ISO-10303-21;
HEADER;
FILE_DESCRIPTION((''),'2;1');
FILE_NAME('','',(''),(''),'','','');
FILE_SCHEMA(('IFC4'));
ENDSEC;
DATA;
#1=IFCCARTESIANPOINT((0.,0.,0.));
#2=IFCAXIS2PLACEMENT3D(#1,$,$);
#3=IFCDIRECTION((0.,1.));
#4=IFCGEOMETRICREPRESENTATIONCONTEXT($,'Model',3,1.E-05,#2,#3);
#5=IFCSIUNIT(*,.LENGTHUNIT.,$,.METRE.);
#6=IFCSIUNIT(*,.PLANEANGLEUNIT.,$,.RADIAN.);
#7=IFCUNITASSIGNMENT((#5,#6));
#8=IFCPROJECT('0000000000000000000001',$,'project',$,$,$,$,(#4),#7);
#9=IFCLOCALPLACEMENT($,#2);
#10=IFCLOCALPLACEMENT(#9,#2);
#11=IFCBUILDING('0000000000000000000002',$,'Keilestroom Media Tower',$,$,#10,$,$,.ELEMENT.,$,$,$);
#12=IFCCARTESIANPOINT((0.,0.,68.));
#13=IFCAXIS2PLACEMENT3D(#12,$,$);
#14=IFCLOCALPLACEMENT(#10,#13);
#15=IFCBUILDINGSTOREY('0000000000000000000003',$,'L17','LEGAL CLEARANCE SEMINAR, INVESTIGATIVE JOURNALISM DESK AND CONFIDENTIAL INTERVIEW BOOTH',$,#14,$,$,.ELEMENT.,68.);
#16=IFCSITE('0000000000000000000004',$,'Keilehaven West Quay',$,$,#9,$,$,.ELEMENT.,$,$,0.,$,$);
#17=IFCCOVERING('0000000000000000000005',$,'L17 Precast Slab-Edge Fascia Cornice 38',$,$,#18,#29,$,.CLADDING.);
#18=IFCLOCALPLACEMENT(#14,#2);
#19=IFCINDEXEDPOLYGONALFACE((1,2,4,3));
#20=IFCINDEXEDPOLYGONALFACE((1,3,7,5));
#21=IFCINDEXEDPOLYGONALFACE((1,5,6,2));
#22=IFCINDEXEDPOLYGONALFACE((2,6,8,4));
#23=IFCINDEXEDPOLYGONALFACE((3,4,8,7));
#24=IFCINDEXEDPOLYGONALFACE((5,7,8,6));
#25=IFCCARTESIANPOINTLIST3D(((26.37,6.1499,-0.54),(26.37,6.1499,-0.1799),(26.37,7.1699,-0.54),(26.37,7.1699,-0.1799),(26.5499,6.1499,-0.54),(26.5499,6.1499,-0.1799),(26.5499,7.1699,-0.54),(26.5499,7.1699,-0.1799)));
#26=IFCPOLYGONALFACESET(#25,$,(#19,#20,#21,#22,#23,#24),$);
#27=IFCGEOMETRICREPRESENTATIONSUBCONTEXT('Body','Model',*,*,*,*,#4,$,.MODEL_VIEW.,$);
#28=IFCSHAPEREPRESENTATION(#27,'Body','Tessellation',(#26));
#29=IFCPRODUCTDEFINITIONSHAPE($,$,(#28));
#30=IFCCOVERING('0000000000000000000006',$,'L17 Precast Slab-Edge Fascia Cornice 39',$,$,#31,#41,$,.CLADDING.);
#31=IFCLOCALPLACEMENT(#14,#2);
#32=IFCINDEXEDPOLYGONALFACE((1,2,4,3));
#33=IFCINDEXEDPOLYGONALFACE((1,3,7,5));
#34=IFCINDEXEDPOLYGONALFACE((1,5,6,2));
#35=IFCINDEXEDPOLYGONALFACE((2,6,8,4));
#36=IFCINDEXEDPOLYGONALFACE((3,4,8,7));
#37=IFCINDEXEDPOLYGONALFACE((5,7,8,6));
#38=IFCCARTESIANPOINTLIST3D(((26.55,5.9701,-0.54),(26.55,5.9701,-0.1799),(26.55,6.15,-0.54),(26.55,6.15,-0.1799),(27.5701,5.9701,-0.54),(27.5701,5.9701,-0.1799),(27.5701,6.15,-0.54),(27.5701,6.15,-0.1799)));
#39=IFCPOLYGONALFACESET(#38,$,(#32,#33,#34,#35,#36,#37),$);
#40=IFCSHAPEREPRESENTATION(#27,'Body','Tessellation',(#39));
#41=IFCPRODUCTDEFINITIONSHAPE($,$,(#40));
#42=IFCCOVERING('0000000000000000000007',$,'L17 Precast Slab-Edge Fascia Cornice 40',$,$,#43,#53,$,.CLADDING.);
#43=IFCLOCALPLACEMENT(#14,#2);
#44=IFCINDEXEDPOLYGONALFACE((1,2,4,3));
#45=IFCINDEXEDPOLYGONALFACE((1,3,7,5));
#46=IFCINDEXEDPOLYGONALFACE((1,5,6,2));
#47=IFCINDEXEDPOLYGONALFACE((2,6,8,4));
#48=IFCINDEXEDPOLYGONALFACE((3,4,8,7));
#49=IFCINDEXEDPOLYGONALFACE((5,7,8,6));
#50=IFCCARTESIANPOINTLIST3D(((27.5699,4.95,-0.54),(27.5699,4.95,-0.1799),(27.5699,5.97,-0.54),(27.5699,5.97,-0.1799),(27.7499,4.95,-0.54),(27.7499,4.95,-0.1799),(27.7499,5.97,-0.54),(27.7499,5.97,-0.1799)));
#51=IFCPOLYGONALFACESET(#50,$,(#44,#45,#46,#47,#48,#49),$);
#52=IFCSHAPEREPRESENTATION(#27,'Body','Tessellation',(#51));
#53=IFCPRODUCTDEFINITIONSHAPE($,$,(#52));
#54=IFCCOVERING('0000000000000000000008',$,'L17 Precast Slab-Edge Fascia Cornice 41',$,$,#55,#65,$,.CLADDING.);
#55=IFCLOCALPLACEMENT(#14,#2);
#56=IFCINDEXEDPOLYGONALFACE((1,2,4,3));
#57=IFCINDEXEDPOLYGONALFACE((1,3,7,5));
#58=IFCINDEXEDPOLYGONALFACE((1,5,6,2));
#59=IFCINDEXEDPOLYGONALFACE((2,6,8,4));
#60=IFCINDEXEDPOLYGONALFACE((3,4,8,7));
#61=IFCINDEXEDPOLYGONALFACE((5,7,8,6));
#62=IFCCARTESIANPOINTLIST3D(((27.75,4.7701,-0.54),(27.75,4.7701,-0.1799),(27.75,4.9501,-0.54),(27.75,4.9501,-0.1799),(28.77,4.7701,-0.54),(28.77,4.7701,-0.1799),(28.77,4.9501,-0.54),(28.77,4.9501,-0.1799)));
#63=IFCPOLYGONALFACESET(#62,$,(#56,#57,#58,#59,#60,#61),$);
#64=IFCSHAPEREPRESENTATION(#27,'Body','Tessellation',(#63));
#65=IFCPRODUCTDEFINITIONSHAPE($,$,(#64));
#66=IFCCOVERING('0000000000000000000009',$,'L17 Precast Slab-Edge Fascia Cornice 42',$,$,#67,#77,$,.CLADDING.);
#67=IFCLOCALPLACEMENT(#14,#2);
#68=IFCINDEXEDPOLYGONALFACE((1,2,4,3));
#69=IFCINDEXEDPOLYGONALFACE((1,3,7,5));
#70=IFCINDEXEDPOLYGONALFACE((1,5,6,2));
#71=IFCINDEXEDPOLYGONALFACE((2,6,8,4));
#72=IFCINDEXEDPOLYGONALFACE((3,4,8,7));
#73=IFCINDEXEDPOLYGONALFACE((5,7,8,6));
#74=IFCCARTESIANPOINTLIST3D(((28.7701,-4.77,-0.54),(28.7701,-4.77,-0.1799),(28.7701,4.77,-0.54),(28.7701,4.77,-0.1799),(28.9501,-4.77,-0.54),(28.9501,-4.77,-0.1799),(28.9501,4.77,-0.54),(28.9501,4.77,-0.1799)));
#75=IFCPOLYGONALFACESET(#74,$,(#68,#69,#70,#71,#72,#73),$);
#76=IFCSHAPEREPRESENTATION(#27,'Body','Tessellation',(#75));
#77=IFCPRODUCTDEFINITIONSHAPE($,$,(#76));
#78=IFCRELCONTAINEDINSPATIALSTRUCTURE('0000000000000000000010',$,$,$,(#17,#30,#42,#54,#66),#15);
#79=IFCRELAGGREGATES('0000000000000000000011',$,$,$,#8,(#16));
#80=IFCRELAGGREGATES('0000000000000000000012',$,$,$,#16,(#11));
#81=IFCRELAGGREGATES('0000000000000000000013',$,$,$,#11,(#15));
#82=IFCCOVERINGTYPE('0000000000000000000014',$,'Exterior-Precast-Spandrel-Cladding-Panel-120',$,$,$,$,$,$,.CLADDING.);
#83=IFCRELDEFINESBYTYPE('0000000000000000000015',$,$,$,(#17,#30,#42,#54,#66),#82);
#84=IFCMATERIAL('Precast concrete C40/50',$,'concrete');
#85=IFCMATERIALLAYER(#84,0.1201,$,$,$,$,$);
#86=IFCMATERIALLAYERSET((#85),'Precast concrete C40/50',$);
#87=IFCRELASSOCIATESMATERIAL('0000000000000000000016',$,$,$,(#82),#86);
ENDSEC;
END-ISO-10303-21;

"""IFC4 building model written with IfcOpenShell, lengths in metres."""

from ifc_helpers import new_model, si_unit, direction, frame, origin, origin_2d, place, context, subcontext, project, spatial, rectangle, extrude, source, transform, mapped, material, layer, layer_set, type_object, element, save


model = new_model("IFC4")

# Units and contexts
model_context = context("Model", 3, precision=1e-05, world=origin(), true_north=direction((0.0, 1.0)))
body_context = subcontext(model_context, "Body", "Model", "MODEL_VIEW")
ifc_project = project(units=[si_unit("LENGTHUNIT", "METRE"), si_unit("PLANEANGLEUNIT", "RADIAN")], contexts=[model_context])

# Site, building, storey
site_placement = place(None, origin())
site = spatial("IfcSite", under=ifc_project, at=site_placement, Name="Keilehaven West Quay", CompositionType="ELEMENT", RefElevation=0.0)
building_placement = place(site_placement, origin())
building = spatial("IfcBuilding", under=site, at=building_placement, Name="Keilestroom Media Tower", CompositionType="ELEMENT")
storey_placement = place(building_placement, frame((0.0, 0.0, 68.0)))
storey = spatial("IfcBuildingStorey", under=building, at=storey_placement, Name="L17", Description="LEGAL CLEARANCE SEMINAR, INVESTIGATIVE JOURNALISM DESK AND CONFIDENTIAL INTERVIEW BOOTH", CompositionType="ELEMENT", Elevation=68.0)

# Shared definitions
ifc_material_1 = material(Name="Precast concrete C40/50", Category="concrete")

# Coverings
ifc_layer_1 = layer(ifc_material_1, 0.1201)
ifc_layer_set_1 = layer_set([ifc_layer_1], Name="Precast concrete C40/50")
covering_type = type_object("IfcCoveringType", Name="Exterior-Precast-Spandrel-Cladding-Panel-120", PredefinedType="CLADDING", material=ifc_layer_set_1)
shared_shape_1 = source(origin(), body_context, "Body", "SweptSolid", [
    extrude(rectangle(XDim=1.02, YDim=0.1799, at=origin_2d()), origin(), (0.0, 0.0, 1.0), 0.3601),
])
for number, where, z_axis, x_axis, name in (
    (1, (26.46, 6.6599, -0.54), (0.0, 0.0, 1.0), (0.0, -1.0, 0.0), "L17 Precast Slab-Edge Fascia Cornice 38"),
    (2, (27.0601, 6.0601, -0.54), (0.0, 0.0, 1.0), (1.0, 0.0, 0.0), "L17 Precast Slab-Edge Fascia Cornice 39"),
    (3, (27.6599, 5.46, -0.54), (0.0, 0.0, 1.0), (0.0, -1.0, 0.0), "L17 Precast Slab-Edge Fascia Cornice 40"),
    (4, (28.26, 4.8601, -0.54), (0.0, 0.0, 1.0), (1.0, 0.0, 0.0), "L17 Precast Slab-Edge Fascia Cornice 41"),
):
    element("IfcCovering", number, at=place(storey_placement, frame(where, z_axis=z_axis, x_axis=x_axis)), inside=storey, type_object=covering_type, Name=name, PredefinedType="CLADDING", context=body_context, shape_type="MappedRepresentation", body=[
        mapped(shared_shape_1, transform((0.0, 0.0, 0.0), x_axis=(1.0, 0.0, 0.0), y_axis=(0.0, 1.0, 0.0), z_axis=(0.0, 0.0, 1.0), scale=1.0)),
    ])
shared_shape_2 = source(origin(), body_context, "Body", "SweptSolid", [
    extrude(rectangle(XDim=9.54, YDim=0.1799, at=origin_2d()), origin(), (0.0, 0.0, 1.0), 0.3601),
])
covering_placement = place(storey_placement, frame((28.8601, 0.0, -0.54), z_axis=(0.0, 0.0, 1.0), x_axis=(0.0, -1.0, 0.0)))
element("IfcCovering", 5, at=covering_placement, inside=storey, type_object=covering_type, Name="L17 Precast Slab-Edge Fascia Cornice 42", PredefinedType="CLADDING", context=body_context, shape_type="MappedRepresentation", body=[
    mapped(shared_shape_2, transform((0.0, 0.0, 0.0), x_axis=(1.0, 0.0, 0.0), y_axis=(0.0, 1.0, 0.0), z_axis=(0.0, 0.0, 1.0), scale=1.0)),
])

save(model, "model.ifc")
